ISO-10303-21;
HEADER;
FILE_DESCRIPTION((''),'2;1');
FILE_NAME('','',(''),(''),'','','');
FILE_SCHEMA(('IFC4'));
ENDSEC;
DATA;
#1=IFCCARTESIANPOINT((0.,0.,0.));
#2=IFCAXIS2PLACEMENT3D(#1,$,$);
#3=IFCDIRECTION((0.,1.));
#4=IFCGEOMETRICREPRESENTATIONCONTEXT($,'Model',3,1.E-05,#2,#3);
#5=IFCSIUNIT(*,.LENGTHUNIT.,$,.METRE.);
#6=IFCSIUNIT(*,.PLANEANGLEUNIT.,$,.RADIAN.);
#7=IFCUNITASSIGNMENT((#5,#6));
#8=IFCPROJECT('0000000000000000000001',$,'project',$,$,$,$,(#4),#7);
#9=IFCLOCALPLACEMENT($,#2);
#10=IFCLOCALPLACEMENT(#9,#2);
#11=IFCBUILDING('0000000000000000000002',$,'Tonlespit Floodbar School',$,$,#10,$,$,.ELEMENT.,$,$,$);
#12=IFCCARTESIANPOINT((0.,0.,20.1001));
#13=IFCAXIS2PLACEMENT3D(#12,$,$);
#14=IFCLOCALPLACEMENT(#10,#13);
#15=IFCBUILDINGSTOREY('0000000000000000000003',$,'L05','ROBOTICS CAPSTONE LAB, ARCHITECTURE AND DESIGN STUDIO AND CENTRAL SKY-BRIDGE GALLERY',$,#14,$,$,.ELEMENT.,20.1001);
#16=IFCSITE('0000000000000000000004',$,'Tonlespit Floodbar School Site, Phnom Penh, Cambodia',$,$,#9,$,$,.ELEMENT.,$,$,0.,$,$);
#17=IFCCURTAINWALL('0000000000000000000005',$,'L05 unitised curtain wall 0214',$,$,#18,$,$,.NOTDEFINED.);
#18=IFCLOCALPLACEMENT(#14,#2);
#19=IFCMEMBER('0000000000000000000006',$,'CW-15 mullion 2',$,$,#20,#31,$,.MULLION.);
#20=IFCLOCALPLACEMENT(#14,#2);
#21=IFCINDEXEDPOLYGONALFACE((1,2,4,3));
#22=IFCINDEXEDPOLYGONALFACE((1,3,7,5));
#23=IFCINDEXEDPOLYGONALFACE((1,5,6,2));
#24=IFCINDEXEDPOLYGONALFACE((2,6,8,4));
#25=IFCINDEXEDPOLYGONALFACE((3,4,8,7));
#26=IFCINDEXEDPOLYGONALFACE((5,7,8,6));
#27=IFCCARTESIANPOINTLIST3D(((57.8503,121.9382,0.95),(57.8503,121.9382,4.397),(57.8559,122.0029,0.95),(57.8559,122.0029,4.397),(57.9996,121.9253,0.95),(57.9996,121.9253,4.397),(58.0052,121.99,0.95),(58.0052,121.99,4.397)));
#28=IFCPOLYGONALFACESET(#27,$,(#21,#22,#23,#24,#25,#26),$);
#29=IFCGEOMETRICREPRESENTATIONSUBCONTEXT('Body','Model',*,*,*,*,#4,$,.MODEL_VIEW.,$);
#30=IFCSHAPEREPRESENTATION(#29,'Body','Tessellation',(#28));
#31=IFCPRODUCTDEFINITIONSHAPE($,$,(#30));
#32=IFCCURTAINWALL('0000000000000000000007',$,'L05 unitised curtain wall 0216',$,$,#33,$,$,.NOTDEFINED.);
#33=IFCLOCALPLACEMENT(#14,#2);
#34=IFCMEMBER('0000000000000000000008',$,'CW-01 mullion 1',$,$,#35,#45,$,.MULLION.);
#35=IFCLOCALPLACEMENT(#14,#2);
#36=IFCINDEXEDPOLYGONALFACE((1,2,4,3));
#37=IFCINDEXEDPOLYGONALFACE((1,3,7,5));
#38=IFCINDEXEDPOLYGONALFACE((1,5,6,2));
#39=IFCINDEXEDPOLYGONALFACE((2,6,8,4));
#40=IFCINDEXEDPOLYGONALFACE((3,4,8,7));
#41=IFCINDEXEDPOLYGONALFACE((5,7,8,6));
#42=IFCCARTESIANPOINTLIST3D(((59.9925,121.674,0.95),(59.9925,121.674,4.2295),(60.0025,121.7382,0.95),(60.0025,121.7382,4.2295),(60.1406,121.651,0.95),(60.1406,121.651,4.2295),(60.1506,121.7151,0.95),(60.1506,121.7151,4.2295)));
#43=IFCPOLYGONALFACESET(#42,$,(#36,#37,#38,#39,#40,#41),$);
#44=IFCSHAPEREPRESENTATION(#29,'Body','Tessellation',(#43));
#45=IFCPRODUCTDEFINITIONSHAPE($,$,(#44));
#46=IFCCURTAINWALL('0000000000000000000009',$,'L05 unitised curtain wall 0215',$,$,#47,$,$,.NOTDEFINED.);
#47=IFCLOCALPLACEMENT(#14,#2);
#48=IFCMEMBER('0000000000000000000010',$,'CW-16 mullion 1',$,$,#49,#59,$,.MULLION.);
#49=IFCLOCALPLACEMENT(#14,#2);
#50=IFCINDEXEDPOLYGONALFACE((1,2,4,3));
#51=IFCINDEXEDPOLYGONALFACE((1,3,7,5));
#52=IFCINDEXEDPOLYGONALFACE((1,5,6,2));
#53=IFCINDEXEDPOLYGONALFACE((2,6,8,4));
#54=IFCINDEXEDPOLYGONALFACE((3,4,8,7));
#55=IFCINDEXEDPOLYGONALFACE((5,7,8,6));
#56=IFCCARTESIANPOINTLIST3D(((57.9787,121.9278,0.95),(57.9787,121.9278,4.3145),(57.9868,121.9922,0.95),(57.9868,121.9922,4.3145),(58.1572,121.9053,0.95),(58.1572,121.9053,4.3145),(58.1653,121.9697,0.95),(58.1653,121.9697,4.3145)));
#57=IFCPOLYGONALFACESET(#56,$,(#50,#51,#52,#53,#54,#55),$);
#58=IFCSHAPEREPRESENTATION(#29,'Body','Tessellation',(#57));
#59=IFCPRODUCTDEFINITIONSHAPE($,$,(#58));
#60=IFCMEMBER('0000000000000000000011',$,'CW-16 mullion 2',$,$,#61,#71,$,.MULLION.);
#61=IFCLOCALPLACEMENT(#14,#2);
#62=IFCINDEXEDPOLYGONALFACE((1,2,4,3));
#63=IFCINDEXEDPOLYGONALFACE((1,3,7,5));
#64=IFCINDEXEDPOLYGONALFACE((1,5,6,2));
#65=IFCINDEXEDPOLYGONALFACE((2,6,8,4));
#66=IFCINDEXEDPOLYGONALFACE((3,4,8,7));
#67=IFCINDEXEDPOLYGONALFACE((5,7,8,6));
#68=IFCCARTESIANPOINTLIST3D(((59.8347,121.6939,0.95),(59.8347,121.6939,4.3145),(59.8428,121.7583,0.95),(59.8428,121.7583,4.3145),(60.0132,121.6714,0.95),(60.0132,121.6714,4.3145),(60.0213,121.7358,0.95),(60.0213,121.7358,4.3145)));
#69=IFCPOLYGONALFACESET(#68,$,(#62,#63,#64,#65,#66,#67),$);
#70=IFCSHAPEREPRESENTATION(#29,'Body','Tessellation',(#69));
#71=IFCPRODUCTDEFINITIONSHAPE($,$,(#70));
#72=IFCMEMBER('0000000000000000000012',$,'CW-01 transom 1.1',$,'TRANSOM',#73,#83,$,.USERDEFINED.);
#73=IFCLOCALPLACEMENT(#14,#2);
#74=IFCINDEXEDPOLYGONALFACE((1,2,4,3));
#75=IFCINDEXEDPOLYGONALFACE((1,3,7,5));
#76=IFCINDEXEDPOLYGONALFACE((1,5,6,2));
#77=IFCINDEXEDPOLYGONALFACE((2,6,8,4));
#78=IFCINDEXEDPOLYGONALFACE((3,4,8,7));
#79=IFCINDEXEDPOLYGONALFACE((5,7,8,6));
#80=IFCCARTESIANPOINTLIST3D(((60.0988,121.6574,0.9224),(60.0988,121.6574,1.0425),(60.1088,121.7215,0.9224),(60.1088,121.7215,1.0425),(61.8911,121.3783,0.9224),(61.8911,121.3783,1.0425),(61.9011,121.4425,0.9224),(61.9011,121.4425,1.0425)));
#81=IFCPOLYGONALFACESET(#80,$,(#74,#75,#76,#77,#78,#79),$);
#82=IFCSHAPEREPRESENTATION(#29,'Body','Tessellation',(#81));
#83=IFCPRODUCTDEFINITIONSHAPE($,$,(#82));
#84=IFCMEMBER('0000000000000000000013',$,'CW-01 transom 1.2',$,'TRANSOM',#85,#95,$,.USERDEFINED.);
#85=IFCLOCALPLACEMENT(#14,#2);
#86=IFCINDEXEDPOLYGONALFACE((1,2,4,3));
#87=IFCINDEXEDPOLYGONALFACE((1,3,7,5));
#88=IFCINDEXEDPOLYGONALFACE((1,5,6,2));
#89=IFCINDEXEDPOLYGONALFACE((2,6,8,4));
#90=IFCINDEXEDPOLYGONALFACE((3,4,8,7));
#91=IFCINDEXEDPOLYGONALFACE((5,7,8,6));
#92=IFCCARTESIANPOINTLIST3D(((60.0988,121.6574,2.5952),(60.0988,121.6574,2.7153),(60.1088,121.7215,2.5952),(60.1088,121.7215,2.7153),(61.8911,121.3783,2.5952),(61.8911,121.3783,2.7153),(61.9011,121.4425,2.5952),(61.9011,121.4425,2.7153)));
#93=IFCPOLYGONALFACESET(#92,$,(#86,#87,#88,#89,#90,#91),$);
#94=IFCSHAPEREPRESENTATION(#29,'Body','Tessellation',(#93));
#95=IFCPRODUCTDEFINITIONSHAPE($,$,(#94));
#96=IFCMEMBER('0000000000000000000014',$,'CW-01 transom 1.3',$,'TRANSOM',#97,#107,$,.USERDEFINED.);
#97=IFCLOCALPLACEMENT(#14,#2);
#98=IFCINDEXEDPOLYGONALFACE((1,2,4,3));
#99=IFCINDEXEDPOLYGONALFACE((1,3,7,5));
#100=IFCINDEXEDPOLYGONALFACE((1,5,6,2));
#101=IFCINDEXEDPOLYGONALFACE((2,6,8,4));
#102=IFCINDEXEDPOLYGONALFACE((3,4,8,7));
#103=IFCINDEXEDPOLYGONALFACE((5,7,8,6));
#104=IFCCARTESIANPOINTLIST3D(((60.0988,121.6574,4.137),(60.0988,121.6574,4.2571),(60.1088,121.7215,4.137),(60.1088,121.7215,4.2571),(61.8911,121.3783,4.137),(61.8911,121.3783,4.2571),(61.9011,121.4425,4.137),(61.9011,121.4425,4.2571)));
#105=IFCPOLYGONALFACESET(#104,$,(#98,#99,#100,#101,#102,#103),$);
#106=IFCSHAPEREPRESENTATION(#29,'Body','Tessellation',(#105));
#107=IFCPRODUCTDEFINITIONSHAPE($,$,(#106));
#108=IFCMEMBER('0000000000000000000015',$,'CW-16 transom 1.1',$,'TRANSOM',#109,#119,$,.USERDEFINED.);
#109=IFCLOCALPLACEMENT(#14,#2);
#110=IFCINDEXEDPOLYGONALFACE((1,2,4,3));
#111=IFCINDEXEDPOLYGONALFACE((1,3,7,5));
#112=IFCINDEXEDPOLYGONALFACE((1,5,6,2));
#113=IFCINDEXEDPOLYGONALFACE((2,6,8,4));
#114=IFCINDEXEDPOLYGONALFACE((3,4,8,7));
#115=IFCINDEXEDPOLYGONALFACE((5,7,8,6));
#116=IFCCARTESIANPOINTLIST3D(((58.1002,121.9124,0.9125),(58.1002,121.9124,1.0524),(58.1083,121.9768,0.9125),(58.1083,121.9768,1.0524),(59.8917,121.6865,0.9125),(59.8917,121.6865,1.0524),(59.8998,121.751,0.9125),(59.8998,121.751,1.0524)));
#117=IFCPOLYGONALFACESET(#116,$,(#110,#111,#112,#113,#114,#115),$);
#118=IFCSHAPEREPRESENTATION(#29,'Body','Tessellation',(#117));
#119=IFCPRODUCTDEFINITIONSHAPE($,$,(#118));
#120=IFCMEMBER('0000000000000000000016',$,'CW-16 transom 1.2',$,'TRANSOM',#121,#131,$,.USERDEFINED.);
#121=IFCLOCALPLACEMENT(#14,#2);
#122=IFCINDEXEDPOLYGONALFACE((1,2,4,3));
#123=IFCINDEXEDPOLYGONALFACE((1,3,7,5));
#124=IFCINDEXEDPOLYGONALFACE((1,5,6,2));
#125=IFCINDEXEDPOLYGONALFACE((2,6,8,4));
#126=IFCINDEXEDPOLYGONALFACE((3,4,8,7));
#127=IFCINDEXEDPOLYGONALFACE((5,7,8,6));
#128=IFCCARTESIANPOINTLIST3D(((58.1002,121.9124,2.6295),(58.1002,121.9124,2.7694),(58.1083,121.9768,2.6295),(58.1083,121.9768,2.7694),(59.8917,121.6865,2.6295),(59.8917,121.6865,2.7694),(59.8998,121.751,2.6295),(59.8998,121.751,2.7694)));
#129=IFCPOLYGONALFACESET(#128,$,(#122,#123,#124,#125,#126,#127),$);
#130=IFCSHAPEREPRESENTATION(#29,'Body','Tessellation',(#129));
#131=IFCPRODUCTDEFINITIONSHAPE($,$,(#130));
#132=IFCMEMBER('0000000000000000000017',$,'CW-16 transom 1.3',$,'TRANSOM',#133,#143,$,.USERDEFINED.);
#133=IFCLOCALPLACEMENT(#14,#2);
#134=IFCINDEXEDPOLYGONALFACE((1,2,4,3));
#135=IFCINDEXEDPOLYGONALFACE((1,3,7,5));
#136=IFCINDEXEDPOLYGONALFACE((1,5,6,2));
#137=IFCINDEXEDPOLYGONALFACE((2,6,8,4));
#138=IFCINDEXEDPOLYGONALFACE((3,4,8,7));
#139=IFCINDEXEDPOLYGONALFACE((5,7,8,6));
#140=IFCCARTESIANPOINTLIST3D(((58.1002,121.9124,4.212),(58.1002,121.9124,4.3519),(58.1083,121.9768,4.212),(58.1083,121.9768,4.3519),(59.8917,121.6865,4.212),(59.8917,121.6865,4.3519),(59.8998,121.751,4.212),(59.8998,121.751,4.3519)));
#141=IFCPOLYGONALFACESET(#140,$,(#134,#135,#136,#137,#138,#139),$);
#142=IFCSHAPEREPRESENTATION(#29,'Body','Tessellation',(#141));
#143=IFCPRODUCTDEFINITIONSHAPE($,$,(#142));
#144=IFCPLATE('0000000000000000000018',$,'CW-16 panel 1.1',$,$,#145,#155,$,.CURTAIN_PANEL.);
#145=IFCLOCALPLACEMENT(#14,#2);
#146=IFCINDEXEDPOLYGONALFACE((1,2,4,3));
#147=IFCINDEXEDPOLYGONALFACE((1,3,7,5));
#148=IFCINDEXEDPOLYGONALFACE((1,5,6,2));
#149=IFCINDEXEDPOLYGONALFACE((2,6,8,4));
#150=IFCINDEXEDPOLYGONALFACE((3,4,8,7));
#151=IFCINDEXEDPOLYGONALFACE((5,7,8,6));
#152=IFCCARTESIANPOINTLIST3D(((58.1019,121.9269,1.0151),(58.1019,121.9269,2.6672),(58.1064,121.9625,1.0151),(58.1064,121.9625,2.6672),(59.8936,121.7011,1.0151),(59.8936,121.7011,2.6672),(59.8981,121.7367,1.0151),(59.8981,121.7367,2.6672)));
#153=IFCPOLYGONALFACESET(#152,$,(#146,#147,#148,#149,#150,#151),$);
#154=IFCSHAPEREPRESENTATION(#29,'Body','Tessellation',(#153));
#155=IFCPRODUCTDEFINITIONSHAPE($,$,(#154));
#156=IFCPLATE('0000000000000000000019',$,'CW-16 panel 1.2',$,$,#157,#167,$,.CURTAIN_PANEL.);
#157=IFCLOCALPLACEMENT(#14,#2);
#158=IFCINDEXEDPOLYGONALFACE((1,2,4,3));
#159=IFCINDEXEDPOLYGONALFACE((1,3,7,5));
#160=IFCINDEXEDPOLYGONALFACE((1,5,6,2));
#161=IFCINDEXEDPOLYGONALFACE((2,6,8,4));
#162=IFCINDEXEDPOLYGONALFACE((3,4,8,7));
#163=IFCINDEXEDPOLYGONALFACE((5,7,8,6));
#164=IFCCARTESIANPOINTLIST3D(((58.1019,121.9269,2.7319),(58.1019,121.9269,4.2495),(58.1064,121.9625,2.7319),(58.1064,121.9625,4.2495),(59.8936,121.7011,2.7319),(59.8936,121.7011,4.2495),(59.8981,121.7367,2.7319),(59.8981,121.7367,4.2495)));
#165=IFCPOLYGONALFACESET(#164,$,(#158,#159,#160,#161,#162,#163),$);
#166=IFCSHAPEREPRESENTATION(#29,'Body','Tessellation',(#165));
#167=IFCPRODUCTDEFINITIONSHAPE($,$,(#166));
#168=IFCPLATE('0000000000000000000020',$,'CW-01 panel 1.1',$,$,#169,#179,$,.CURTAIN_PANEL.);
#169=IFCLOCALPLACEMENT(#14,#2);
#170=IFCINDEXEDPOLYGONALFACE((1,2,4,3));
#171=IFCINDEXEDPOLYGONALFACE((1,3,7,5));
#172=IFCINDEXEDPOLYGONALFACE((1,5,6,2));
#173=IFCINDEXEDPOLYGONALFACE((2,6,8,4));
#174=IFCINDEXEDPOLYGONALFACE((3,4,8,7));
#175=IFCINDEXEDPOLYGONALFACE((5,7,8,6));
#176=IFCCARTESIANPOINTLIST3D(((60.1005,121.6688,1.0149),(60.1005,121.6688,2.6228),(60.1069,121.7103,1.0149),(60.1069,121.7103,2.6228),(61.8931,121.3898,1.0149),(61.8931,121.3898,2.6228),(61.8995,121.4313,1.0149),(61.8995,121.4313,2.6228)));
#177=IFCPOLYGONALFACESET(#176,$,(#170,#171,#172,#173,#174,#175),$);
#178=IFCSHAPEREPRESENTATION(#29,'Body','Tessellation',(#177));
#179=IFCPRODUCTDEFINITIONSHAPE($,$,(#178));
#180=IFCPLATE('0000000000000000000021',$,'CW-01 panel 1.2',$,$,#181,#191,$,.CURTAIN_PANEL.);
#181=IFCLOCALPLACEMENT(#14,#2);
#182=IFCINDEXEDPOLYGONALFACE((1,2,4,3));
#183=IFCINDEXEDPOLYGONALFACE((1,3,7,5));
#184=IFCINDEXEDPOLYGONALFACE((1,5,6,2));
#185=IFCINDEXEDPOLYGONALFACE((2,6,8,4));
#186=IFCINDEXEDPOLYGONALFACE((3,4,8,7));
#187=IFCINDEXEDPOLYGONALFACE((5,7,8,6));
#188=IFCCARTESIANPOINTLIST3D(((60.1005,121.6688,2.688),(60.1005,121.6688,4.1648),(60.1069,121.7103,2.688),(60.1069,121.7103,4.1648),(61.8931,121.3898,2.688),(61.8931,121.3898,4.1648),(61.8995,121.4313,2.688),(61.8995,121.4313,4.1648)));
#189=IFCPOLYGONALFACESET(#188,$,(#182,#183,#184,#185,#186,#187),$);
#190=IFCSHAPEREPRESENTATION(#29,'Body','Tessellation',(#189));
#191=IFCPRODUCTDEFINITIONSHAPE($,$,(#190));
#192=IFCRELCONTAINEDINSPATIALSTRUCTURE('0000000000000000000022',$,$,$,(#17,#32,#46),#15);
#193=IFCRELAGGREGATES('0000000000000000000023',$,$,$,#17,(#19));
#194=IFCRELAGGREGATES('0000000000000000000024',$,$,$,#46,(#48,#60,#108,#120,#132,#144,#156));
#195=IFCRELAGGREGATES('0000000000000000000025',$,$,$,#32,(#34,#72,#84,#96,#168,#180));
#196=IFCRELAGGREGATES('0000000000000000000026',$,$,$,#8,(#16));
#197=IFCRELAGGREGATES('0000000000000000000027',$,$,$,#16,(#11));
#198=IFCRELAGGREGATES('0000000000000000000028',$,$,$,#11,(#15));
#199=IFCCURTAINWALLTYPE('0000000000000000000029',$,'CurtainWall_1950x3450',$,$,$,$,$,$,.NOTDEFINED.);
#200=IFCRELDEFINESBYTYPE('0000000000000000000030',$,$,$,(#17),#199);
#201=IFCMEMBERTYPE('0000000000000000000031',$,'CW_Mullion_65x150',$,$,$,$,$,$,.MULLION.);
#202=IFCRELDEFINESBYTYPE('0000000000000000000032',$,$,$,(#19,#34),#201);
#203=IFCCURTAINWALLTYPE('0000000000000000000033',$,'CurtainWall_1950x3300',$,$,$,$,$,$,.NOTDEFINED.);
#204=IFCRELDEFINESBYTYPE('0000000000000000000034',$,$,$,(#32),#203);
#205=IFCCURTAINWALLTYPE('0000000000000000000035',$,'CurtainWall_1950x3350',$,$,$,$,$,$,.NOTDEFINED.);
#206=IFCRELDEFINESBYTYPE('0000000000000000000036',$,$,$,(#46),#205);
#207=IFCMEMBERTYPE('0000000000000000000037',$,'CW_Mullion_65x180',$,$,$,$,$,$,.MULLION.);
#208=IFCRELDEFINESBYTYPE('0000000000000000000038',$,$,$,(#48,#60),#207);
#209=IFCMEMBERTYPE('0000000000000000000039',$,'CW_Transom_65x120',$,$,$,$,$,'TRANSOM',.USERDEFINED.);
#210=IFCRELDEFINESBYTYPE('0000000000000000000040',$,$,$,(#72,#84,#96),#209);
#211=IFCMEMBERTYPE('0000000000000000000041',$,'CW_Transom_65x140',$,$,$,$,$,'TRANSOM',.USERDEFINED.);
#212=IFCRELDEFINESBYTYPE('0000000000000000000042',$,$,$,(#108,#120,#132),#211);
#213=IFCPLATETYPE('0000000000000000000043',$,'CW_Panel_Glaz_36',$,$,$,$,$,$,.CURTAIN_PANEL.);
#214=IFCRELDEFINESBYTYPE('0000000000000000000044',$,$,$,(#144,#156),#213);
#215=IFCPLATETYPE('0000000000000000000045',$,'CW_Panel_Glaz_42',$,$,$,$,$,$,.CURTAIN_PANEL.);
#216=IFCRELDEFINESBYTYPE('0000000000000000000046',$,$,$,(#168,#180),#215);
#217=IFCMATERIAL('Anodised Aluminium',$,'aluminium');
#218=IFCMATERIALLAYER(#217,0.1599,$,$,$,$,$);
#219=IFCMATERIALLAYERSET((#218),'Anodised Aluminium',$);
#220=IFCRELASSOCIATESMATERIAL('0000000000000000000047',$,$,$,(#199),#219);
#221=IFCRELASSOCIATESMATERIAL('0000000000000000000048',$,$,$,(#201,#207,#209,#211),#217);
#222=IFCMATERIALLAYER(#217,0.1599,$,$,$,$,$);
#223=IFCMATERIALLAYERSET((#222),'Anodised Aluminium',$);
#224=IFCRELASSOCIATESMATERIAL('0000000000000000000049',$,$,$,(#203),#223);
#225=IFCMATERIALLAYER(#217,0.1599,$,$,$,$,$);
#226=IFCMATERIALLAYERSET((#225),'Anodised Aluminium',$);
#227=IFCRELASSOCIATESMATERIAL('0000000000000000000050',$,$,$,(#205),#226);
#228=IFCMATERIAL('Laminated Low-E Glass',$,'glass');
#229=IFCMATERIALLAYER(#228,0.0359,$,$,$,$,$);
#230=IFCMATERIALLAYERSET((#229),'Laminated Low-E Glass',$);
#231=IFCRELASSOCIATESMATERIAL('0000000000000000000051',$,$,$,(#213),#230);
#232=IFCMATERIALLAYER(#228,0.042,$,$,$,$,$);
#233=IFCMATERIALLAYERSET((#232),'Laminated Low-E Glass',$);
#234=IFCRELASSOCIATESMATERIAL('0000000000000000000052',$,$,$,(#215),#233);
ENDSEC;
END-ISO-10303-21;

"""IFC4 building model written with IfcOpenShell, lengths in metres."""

from ifc_helpers import new_model, si_unit, direction, frame, origin, origin_2d, place, context, subcontext, project, spatial, rectangle, extrude, material, layer, layer_set, material_profile, profile_set, type_object, element, aggregate, save


model = new_model("IFC4")

# Units and contexts
model_context = context("Model", 3, precision=1e-05, world=origin(), true_north=direction((0.0, 1.0)))
body_context = subcontext(model_context, "Body", "Model", "MODEL_VIEW")
ifc_project = project(units=[si_unit("LENGTHUNIT", "METRE"), si_unit("PLANEANGLEUNIT", "RADIAN")], contexts=[model_context])

# Site, building, storey
site_placement = place(None, origin())
site = spatial("IfcSite", under=ifc_project, at=site_placement, Name="Tonlespit Floodbar School Site, Phnom Penh, Cambodia", CompositionType="ELEMENT", RefElevation=0.0)
building_placement = place(site_placement, origin())
building = spatial("IfcBuilding", under=site, at=building_placement, Name="Tonlespit Floodbar School", CompositionType="ELEMENT")
storey_placement = place(building_placement, frame((0.0, 0.0, 20.1001)))
storey = spatial("IfcBuildingStorey", under=building, at=storey_placement, Name="L05", Description="ROBOTICS CAPSTONE LAB, ARCHITECTURE AND DESIGN STUDIO AND CENTRAL SKY-BRIDGE GALLERY", CompositionType="ELEMENT", Elevation=20.1001)

# Curtain walls, members
ifc_material_1 = material(Name="Anodised Aluminium", Category="aluminium")
ifc_layer_1 = layer(ifc_material_1, 0.1599)
ifc_layer_set_1 = layer_set([ifc_layer_1], Name="Anodised Aluminium")
curtain_wall_type_1 = type_object("IfcCurtainWallType", Name="CurtainWall_1950x3450", PredefinedType="NOTDEFINED", material=ifc_layer_set_1)
curtain_wall_1_placement = place(storey_placement, origin())
curtain_wall_1 = element("IfcCurtainWall", 1, at=curtain_wall_1_placement, inside=storey, type_object=curtain_wall_type_1, Name="L05 unitised curtain wall 0214", PredefinedType="NOTDEFINED")
ifc_material_profile_1 = material_profile(ifc_material_1, rectangle(XDim=0.0649, YDim=0.1499, at=origin_2d()), Name="ALU M65x150")
ifc_profile_set_1 = profile_set([ifc_material_profile_1], Name="Anodised Aluminium")
member_type_1 = type_object("IfcMemberType", Name="CW_Mullion_65x150", PredefinedType="MULLION", material=ifc_profile_set_1)
member_1_placement = place(storey_placement, frame((57.9277, 121.9641, 0.95), z_axis=(0.0, 0.0, 1.0), x_axis=(0.086531, 0.996249, 0.0)))
member_1 = element("IfcMember", 2, at=member_1_placement, type_object=member_type_1, Name="CW-15 mullion 2", PredefinedType="MULLION", context=body_context, shape_type="SweptSolid", body=[
    extrude(rectangle(XDim=0.0649, YDim=0.1499, at=origin_2d()), origin(), (0.0, 0.0, 1.0), 3.447),
])
aggregate(curtain_wall_1, [member_1])
ifc_layer_2 = layer(ifc_material_1, 0.1599)
ifc_layer_set_2 = layer_set([ifc_layer_2], Name="Anodised Aluminium")
curtain_wall_type_2 = type_object("IfcCurtainWallType", Name="CurtainWall_1950x3300", PredefinedType="NOTDEFINED", material=ifc_layer_set_2)
curtain_wall_2_placement = place(storey_placement, origin())
curtain_wall_2 = element("IfcCurtainWall", 3, at=curtain_wall_2_placement, inside=storey, type_object=curtain_wall_type_2, Name="L05 unitised curtain wall 0216", PredefinedType="NOTDEFINED")
member_2_placement = place(storey_placement, frame((60.0715, 121.6946, 0.95), z_axis=(0.0, 0.0, 1.0), x_axis=(0.153796, 0.988103, 0.0)))
member_2 = element("IfcMember", 4, at=member_2_placement, type_object=member_type_1, Name="CW-01 mullion 1", PredefinedType="MULLION", context=body_context, shape_type="SweptSolid", body=[
    extrude(rectangle(XDim=0.0649, YDim=0.1499, at=origin_2d()), origin(), (0.0, 0.0, 1.0), 3.2795),
])

# Curtain wall, members
ifc_layer_3 = layer(ifc_material_1, 0.1599)
ifc_layer_set_3 = layer_set([ifc_layer_3], Name="Anodised Aluminium")
curtain_wall_type_3 = type_object("IfcCurtainWallType", Name="CurtainWall_1950x3350", PredefinedType="NOTDEFINED", material=ifc_layer_set_3)
curtain_wall_3_placement = place(storey_placement, origin())
curtain_wall_3 = element("IfcCurtainWall", 5, at=curtain_wall_3_placement, inside=storey, type_object=curtain_wall_type_3, Name="L05 unitised curtain wall 0215", PredefinedType="NOTDEFINED")
ifc_material_profile_2 = material_profile(ifc_material_1, rectangle(XDim=0.0649, YDim=0.1799, at=origin_2d()), Name="ALU M65x180")
ifc_profile_set_2 = profile_set([ifc_material_profile_2], Name="Anodised Aluminium")
member_type_2 = type_object("IfcMemberType", Name="CW_Mullion_65x180", PredefinedType="MULLION", material=ifc_profile_set_2)
member_3_placement = place(storey_placement, frame((58.072, 121.9487, 0.95), z_axis=(0.0, 0.0, 1.0), x_axis=(0.125014, 0.992155, 0.0)))
member_3 = element("IfcMember", 6, at=member_3_placement, type_object=member_type_2, Name="CW-16 mullion 1", PredefinedType="MULLION", context=body_context, shape_type="SweptSolid", body=[
    extrude(rectangle(XDim=0.0649, YDim=0.1799, at=origin_2d()), origin(), (0.0, 0.0, 1.0), 3.3645),
])
member_4_placement = place(storey_placement, frame((59.928, 121.7148, 0.95), z_axis=(0.0, 0.0, 1.0), x_axis=(0.125014, 0.992155, 0.0)))
member_4 = element("IfcMember", 7, at=member_4_placement, type_object=member_type_2, Name="CW-16 mullion 2", PredefinedType="MULLION", context=body_context, shape_type="SweptSolid", body=[
    extrude(rectangle(XDim=0.0649, YDim=0.1799, at=origin_2d()), origin(), (0.0, 0.0, 1.0), 3.3645),
])

# Members
ifc_material_profile_3 = material_profile(ifc_material_1, rectangle(XDim=0.0649, YDim=0.1201, at=origin_2d()), Name="ALU T65x120")
ifc_profile_set_3 = profile_set([ifc_material_profile_3], Name="Anodised Aluminium")
member_type_3 = type_object("IfcMemberType", Name="CW_Transom_65x120", ElementType="TRANSOM", PredefinedType="USERDEFINED", material=ifc_profile_set_3)
member_5_placement = place(storey_placement, frame((60.1038, 121.6895, 0.9824), z_axis=(0.988098, -0.153827, 0.0), x_axis=(0.153827, 0.988098, 0.0)))
member_5 = element("IfcMember", 8, at=member_5_placement, type_object=member_type_3, Name="CW-01 transom 1.1", ObjectType="TRANSOM", PredefinedType="USERDEFINED", context=body_context, shape_type="SweptSolid", body=[
    extrude(rectangle(XDim=0.0649, YDim=0.1201, at=origin_2d()), origin(), (0.0, 0.0, 1.0), 1.814),
])
member_6_placement = place(storey_placement, frame((60.1038, 121.6895, 2.6553), z_axis=(0.988098, -0.153827, 0.0), x_axis=(0.153827, 0.988098, 0.0)))
member_6 = element("IfcMember", 9, at=member_6_placement, type_object=member_type_3, Name="CW-01 transom 1.2", ObjectType="TRANSOM", PredefinedType="USERDEFINED", context=body_context, shape_type="SweptSolid", body=[
    extrude(rectangle(XDim=0.0649, YDim=0.1201, at=origin_2d()), origin(), (0.0, 0.0, 1.0), 1.814),
])
member_7_placement = place(storey_placement, frame((60.1038, 121.6895, 4.197), z_axis=(0.988098, -0.153827, 0.0), x_axis=(0.153827, 0.988098, 0.0)))
member_7 = element("IfcMember", 10, at=member_7_placement, type_object=member_type_3, Name="CW-01 transom 1.3", ObjectType="TRANSOM", PredefinedType="USERDEFINED", context=body_context, shape_type="SweptSolid", body=[
    extrude(rectangle(XDim=0.0649, YDim=0.1201, at=origin_2d()), origin(), (0.0, 0.0, 1.0), 1.814),
])
ifc_material_profile_4 = material_profile(ifc_material_1, rectangle(XDim=0.0649, YDim=0.1399, at=origin_2d()), Name="ALU T65x140")
ifc_profile_set_4 = profile_set([ifc_material_profile_4], Name="Anodised Aluminium")
member_type_4 = type_object("IfcMemberType", Name="CW_Transom_65x140", ElementType="TRANSOM", PredefinedType="USERDEFINED", material=ifc_profile_set_4)
member_8_placement = place(storey_placement, frame((58.1042, 121.9446, 0.9824), z_axis=(0.992148, -0.125066, 0.0), x_axis=(0.125066, 0.992148, 0.0)))
member_8 = element("IfcMember", 11, at=member_8_placement, type_object=member_type_4, Name="CW-16 transom 1.1", ObjectType="TRANSOM", PredefinedType="USERDEFINED", context=body_context, shape_type="SweptSolid", body=[
    extrude(rectangle(XDim=0.0649, YDim=0.1399, at=origin_2d()), origin(), (0.0, 0.0, 1.0), 1.8057),
])
member_9_placement = place(storey_placement, frame((58.1042, 121.9446, 2.6995), z_axis=(0.992148, -0.125066, 0.0), x_axis=(0.125066, 0.992148, 0.0)))
member_9 = element("IfcMember", 12, at=member_9_placement, type_object=member_type_4, Name="CW-16 transom 1.2", ObjectType="TRANSOM", PredefinedType="USERDEFINED", context=body_context, shape_type="SweptSolid", body=[
    extrude(rectangle(XDim=0.0649, YDim=0.1399, at=origin_2d()), origin(), (0.0, 0.0, 1.0), 1.8057),
])
member_10_placement = place(storey_placement, frame((58.1042, 121.9446, 4.282), z_axis=(0.992148, -0.125066, 0.0), x_axis=(0.125066, 0.992148, 0.0)))
member_10 = element("IfcMember", 13, at=member_10_placement, type_object=member_type_4, Name="CW-16 transom 1.3", ObjectType="TRANSOM", PredefinedType="USERDEFINED", context=body_context, shape_type="SweptSolid", body=[
    extrude(rectangle(XDim=0.0649, YDim=0.1399, at=origin_2d()), origin(), (0.0, 0.0, 1.0), 1.8057),
])

# Plates
ifc_material_2 = material(Name="Laminated Low-E Glass", Category="glass")
ifc_layer_4 = layer(ifc_material_2, 0.0359)
ifc_layer_set_4 = layer_set([ifc_layer_4], Name="Laminated Low-E Glass")
plate_type_1 = type_object("IfcPlateType", Name="CW_Panel_Glaz_36", PredefinedType="CURTAIN_PANEL", material=ifc_layer_set_4)
plate_1_placement = place(storey_placement, frame((59.0, 121.8318, 1.0151), z_axis=(0.0, 0.0, 1.0), x_axis=(0.992155, -0.125014, 0.0)))
plate_1 = element("IfcPlate", 14, at=plate_1_placement, type_object=plate_type_1, Name="CW-16 panel 1.1", PredefinedType="CURTAIN_PANEL", context=body_context, shape_type="SweptSolid", body=[
    extrude(rectangle(XDim=1.8059, YDim=0.0359, at=origin_2d()), origin(), (0.0, 0.0, 1.0), 1.6521),
])
plate_2_placement = place(storey_placement, frame((59.0, 121.8318, 2.7319), z_axis=(0.0, 0.0, 1.0), x_axis=(0.992155, -0.125014, 0.0)))
plate_2 = element("IfcPlate", 15, at=plate_2_placement, type_object=plate_type_1, Name="CW-16 panel 1.2", PredefinedType="CURTAIN_PANEL", context=body_context, shape_type="SweptSolid", body=[
    extrude(rectangle(XDim=1.8059, YDim=0.0359, at=origin_2d()), origin(), (0.0, 0.0, 1.0), 1.5176),
])
aggregate(curtain_wall_3, [member_3, member_4, member_8, member_9, member_10, plate_1, plate_2])
ifc_layer_5 = layer(ifc_material_2, 0.042)
ifc_layer_set_5 = layer_set([ifc_layer_5], Name="Laminated Low-E Glass")
plate_type_2 = type_object("IfcPlateType", Name="CW_Panel_Glaz_42", PredefinedType="CURTAIN_PANEL", material=ifc_layer_set_5)
plate_3_placement = place(storey_placement, frame((61.0, 121.55, 1.0149), z_axis=(0.0, 0.0, 1.0), x_axis=(0.988103, -0.153796, 0.0)))
plate_3 = element("IfcPlate", 16, at=plate_3_placement, type_object=plate_type_2, Name="CW-01 panel 1.1", PredefinedType="CURTAIN_PANEL", context=body_context, shape_type="SweptSolid", body=[
    extrude(rectangle(XDim=1.8142, YDim=0.042, at=origin_2d()), origin(), (0.0, 0.0, 1.0), 1.6079),
])
plate_4_placement = place(storey_placement, frame((61.0, 121.55, 2.688), z_axis=(0.0, 0.0, 1.0), x_axis=(0.988103, -0.153796, 0.0)))
plate_4 = element("IfcPlate", 17, at=plate_4_placement, type_object=plate_type_2, Name="CW-01 panel 1.2", PredefinedType="CURTAIN_PANEL", context=body_context, shape_type="SweptSolid", body=[
    extrude(rectangle(XDim=1.8142, YDim=0.042, at=origin_2d()), origin(), (0.0, 0.0, 1.0), 1.4768),
])
aggregate(curtain_wall_2, [member_2, member_5, member_6, member_7, plate_3, plate_4])

save(model, "model.ifc")
